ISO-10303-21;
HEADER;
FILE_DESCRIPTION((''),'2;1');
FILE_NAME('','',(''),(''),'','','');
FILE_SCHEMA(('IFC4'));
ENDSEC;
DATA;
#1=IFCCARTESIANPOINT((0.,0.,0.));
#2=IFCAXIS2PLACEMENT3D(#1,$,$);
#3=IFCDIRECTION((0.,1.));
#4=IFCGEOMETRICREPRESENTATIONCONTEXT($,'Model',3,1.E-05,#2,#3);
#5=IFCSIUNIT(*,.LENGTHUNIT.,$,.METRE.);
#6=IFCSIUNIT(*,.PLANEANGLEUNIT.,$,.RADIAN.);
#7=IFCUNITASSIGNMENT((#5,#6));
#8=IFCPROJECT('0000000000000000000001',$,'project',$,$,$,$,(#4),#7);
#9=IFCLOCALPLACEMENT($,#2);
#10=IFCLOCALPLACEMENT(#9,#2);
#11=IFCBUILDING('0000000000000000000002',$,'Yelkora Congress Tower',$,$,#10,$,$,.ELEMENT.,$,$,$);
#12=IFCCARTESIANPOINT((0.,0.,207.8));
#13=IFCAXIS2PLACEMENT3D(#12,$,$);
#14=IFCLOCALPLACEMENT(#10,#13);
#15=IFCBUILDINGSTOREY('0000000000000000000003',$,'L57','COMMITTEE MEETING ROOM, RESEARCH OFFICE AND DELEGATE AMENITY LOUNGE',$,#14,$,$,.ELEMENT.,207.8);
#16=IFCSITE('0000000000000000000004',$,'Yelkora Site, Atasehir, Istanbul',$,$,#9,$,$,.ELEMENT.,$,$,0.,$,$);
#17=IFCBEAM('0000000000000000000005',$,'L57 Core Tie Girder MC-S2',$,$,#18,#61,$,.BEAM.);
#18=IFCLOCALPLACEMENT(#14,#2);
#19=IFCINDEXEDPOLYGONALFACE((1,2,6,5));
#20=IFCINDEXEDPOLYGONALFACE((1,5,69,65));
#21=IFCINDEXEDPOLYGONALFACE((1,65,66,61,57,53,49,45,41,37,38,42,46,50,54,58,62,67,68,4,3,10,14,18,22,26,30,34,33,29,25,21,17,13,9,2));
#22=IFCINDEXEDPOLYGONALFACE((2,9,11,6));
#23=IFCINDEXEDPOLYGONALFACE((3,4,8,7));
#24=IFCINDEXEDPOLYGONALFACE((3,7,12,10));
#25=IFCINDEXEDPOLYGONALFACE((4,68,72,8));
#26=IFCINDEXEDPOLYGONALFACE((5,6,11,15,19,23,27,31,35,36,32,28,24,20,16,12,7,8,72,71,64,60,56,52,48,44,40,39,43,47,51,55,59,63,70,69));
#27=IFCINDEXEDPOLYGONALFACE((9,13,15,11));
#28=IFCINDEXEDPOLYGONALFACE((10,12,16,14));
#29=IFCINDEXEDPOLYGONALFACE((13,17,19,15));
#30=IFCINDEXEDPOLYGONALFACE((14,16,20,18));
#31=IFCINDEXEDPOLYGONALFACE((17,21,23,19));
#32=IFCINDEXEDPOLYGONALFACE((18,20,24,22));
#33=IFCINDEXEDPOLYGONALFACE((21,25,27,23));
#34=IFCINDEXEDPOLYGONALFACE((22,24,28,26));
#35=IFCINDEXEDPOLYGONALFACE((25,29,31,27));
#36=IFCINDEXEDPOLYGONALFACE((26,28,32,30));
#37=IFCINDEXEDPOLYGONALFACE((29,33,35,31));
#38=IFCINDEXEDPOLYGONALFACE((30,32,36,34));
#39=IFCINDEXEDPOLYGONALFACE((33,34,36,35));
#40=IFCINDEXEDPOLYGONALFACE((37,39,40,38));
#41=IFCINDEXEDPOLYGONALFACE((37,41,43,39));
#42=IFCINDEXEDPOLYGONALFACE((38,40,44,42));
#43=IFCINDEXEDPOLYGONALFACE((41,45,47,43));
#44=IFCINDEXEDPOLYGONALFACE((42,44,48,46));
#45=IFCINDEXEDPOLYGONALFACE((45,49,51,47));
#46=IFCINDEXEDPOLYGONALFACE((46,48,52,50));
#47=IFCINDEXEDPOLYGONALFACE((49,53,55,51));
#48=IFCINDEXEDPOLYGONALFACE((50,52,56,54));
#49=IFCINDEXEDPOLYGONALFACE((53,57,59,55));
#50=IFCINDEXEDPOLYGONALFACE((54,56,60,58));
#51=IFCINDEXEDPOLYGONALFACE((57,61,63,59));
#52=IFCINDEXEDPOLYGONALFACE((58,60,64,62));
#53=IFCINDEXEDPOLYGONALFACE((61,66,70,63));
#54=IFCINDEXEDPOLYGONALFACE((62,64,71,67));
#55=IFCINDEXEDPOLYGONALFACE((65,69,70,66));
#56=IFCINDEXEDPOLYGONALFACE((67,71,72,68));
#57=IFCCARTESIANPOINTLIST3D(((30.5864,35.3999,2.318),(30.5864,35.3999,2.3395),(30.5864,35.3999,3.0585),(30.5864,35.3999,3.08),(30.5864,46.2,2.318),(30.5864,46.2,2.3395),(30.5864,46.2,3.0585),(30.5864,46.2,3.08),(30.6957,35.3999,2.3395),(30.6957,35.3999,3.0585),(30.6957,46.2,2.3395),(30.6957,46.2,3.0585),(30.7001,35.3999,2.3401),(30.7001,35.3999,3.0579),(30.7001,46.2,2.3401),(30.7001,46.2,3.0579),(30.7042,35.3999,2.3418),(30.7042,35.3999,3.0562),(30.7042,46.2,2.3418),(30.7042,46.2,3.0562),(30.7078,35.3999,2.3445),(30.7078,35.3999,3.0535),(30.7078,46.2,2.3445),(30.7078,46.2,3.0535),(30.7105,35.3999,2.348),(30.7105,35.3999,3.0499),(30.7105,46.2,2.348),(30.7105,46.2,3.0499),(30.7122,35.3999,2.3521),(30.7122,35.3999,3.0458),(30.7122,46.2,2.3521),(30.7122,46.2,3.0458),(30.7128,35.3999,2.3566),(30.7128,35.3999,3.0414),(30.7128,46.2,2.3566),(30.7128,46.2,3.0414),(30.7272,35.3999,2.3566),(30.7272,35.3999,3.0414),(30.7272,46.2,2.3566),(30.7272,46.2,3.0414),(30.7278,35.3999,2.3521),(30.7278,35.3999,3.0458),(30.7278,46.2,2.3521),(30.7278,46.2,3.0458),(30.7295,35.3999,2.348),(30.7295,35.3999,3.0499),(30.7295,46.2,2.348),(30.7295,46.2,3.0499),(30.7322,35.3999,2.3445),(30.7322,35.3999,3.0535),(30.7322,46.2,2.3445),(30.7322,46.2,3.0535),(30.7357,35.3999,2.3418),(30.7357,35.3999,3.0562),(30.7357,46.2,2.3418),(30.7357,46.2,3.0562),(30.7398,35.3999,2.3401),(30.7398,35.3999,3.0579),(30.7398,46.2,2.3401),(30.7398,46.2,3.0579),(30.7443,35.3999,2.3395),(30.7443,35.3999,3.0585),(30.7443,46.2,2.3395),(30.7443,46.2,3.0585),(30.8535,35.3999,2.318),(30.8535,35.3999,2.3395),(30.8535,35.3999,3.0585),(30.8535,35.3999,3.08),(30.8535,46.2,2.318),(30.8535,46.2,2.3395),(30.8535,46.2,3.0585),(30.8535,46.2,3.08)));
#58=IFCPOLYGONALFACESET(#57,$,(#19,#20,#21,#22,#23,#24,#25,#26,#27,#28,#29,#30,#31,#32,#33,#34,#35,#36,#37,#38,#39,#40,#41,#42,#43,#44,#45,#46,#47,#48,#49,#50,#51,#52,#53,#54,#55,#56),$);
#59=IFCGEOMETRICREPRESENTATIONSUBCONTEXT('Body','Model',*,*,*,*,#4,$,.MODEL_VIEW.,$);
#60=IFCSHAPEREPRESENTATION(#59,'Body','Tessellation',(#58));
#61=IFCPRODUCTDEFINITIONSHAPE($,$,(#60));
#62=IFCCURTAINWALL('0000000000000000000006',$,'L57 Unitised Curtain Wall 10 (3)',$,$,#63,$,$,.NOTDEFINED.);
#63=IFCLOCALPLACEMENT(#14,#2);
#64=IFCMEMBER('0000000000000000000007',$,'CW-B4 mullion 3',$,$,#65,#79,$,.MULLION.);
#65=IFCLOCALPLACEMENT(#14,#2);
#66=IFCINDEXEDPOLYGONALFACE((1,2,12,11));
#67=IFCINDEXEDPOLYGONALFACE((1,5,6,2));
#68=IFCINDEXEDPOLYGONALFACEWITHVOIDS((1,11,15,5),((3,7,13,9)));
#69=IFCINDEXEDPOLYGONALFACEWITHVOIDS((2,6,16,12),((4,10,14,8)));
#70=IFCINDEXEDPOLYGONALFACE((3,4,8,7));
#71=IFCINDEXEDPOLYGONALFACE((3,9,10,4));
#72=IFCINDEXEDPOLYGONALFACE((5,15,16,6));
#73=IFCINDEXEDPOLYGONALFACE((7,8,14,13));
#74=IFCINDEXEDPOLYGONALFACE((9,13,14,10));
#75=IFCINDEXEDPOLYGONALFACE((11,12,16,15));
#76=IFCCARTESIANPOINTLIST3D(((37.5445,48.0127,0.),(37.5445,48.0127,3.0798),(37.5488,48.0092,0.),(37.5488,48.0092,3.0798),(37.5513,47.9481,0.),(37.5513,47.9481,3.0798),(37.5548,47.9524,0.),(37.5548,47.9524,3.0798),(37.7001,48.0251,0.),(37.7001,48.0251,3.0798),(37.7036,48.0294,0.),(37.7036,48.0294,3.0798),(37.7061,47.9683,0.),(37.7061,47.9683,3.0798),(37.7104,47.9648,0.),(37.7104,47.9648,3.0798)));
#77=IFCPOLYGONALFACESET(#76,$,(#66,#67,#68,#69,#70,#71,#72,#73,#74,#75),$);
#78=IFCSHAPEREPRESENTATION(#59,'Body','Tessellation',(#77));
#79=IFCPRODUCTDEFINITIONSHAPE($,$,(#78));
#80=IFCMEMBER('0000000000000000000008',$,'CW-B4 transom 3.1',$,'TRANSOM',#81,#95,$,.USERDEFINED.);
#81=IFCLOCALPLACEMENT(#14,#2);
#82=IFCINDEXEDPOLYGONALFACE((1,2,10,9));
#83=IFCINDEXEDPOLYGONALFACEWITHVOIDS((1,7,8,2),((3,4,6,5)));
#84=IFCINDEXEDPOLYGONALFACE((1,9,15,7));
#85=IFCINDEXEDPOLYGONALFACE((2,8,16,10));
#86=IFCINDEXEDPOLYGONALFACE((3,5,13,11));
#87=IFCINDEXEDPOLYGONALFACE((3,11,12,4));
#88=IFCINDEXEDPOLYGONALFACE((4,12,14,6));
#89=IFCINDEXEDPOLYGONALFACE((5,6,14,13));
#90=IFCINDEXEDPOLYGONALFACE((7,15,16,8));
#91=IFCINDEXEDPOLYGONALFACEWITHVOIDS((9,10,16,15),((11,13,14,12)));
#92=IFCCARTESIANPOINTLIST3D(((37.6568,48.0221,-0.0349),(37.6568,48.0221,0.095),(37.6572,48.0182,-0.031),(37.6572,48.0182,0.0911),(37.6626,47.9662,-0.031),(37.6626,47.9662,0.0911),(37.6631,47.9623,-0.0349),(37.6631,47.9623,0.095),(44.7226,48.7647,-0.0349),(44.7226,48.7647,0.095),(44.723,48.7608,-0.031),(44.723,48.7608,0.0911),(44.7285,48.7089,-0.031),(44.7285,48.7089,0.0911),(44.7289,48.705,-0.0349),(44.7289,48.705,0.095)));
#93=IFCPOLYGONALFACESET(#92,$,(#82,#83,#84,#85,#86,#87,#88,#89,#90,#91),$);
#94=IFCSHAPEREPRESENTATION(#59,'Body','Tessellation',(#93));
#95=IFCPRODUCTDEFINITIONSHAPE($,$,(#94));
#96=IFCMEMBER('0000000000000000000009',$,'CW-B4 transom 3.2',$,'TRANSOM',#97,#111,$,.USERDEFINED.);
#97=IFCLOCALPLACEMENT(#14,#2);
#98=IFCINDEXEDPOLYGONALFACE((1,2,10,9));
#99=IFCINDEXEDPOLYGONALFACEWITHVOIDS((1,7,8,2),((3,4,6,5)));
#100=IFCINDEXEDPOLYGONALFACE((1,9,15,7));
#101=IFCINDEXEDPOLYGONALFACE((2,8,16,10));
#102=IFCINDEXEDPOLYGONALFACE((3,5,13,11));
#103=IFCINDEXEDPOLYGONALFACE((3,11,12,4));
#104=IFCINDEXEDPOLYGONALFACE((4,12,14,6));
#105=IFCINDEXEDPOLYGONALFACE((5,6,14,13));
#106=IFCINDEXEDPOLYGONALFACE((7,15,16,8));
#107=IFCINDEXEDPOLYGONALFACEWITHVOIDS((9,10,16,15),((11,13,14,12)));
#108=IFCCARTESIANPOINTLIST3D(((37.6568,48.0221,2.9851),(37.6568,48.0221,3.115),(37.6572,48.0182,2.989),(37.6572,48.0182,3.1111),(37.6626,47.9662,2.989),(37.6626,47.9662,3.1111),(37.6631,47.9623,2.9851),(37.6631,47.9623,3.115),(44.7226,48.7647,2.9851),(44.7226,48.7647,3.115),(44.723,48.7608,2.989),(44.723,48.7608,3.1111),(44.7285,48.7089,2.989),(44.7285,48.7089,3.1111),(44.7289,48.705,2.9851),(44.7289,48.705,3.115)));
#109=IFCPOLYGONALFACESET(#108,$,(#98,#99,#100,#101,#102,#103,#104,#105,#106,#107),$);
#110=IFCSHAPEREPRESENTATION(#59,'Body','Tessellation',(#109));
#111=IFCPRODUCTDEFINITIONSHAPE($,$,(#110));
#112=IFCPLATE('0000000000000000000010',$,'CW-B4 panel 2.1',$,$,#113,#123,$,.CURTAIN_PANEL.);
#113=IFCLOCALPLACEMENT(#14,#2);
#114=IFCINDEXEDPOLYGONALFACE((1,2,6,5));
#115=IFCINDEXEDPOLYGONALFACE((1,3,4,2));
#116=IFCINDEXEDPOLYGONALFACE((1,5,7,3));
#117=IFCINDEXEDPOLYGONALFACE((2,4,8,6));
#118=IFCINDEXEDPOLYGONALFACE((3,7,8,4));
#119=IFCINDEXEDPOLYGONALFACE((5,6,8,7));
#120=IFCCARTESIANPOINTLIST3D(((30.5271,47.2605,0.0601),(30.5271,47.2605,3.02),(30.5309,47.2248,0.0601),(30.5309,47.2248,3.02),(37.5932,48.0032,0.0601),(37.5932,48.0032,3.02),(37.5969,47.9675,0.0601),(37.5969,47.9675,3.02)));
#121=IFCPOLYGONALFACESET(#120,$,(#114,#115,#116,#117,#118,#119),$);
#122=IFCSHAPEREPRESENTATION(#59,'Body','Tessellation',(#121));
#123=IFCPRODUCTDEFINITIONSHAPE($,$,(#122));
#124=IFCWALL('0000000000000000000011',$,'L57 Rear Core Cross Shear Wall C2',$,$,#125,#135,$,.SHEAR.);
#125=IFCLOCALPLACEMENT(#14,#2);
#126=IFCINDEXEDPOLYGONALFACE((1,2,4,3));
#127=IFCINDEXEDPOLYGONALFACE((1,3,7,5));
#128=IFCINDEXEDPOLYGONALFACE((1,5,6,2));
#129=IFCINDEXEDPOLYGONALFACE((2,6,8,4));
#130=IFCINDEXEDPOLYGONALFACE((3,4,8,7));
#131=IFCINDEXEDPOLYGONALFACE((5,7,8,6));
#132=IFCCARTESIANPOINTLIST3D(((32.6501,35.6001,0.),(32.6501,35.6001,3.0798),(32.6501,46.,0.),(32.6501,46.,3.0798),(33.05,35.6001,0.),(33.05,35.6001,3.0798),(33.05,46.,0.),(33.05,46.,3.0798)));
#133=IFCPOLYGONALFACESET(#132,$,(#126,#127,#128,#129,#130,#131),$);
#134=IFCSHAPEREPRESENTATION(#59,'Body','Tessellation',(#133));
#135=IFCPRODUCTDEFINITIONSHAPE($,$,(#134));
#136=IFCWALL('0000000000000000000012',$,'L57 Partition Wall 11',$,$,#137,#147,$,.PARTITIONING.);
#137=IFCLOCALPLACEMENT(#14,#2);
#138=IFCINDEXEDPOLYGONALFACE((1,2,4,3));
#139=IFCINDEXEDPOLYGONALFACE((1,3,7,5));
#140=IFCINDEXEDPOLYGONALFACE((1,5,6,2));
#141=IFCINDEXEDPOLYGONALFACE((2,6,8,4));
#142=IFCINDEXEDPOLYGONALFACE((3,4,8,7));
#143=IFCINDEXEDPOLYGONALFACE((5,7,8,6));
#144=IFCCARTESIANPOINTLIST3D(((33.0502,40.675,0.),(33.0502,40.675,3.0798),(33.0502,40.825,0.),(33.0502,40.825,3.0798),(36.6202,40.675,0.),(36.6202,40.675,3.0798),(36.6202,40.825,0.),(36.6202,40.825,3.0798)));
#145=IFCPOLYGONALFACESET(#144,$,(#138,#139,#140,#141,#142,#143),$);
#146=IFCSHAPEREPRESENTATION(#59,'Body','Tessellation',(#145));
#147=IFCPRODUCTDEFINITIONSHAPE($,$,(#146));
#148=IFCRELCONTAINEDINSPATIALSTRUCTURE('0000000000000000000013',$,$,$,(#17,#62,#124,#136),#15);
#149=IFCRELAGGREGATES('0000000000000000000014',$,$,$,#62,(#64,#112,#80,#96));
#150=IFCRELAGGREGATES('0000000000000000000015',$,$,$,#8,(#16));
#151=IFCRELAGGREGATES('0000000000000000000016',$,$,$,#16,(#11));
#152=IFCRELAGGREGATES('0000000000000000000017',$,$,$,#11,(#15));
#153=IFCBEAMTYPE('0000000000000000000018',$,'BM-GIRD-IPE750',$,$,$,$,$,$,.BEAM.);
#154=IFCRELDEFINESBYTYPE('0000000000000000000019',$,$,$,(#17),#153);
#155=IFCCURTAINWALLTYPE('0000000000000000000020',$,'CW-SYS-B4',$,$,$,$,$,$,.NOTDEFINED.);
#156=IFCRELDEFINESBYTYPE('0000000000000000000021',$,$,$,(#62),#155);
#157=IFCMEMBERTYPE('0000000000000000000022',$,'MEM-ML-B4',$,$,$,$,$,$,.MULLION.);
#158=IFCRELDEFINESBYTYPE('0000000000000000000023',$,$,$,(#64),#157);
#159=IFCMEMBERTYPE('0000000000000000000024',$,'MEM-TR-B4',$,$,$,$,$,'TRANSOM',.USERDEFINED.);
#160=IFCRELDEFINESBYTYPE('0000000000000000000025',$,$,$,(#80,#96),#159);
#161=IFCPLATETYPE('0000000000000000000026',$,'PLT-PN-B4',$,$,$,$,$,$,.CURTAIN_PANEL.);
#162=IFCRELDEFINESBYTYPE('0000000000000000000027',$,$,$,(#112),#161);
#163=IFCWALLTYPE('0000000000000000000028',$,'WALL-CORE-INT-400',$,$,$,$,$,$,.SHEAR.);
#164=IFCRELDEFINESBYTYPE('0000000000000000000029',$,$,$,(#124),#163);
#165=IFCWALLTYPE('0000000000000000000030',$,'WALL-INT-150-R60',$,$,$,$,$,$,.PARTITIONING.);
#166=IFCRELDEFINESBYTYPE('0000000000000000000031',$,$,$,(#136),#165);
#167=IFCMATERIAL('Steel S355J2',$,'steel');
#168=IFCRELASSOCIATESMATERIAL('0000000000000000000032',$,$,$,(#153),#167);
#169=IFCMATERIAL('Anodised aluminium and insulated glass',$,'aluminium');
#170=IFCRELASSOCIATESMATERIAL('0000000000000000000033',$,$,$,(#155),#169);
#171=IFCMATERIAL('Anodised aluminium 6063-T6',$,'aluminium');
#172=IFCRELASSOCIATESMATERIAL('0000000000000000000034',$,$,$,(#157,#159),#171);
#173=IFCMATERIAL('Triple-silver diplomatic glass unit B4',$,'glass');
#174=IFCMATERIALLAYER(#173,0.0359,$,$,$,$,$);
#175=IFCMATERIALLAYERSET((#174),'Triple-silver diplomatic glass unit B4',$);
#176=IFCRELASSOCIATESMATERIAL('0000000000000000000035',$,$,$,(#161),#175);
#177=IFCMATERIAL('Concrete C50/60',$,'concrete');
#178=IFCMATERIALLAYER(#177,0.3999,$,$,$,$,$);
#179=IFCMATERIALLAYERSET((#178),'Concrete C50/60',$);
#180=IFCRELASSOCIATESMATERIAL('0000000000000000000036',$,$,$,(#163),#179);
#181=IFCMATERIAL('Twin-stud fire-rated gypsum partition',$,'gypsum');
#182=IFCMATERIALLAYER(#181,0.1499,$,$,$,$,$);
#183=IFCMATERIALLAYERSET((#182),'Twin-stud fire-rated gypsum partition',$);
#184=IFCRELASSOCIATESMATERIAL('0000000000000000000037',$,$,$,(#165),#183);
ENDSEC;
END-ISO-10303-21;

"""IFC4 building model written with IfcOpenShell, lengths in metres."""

from ifc_helpers import new_model, si_unit, direction, frame, frame_2d, origin, origin_2d, place, context, subcontext, project, spatial, rectangle, hollow_rectangle, i_section, extrude, material, layer, layer_set, material_profile, profile_set, type_object, element, aggregate, save


model = new_model("IFC4")

# Units and contexts
model_context = context("Model", 3, precision=1e-05, world=origin(), true_north=direction((0.0, 1.0)))
body_context = subcontext(model_context, "Body", "Model", "MODEL_VIEW")
ifc_project = project(units=[si_unit("LENGTHUNIT", "METRE"), si_unit("PLANEANGLEUNIT", "RADIAN")], contexts=[model_context])

# Site, building, storey
site_placement = place(None, origin())
site = spatial("IfcSite", under=ifc_project, at=site_placement, Name="Yelkora Site, Atasehir, Istanbul", CompositionType="ELEMENT", RefElevation=0.0)
building_placement = place(site_placement, origin())
building = spatial("IfcBuilding", under=site, at=building_placement, Name="Yelkora Congress Tower", CompositionType="ELEMENT")
storey_placement = place(building_placement, frame((0.0, 0.0, 207.8)))
storey = spatial("IfcBuildingStorey", under=building, at=storey_placement, Name="L57", Description="COMMITTEE MEETING ROOM, RESEARCH OFFICE AND DELEGATE AMENITY LOUNGE", CompositionType="ELEMENT", Elevation=207.8)

# Beam
ifc_material_1 = material(Name="Steel S355J2", Category="steel")
ifc_material_profile_1 = material_profile(ifc_material_1, i_section(OverallWidth=0.2671, OverallDepth=0.762, WebThickness=0.0144, FlangeThickness=0.0215, FilletRadius=0.0171, at=origin_2d()), Name="IPE 750x173")
ifc_profile_set_1 = profile_set([ifc_material_profile_1], Name="Steel S355J2")
beam_type = type_object("IfcBeamType", Name="BM-GIRD-IPE750", PredefinedType="BEAM", material=ifc_profile_set_1)
beam_1_placement = place(storey_placement, frame((30.72, 35.3999, 2.699), z_axis=(0.0, 1.0, 0.0), x_axis=(-1.0, 0.0, 0.0)))
element("IfcBeam", 1, at=beam_1_placement, inside=storey, type_object=beam_type, Name="L57 Core Tie Girder MC-S2", PredefinedType="BEAM", context=body_context, shape_type="SweptSolid", body=[
    extrude(i_section(OverallWidth=0.2671, OverallDepth=0.762, WebThickness=0.0144, FlangeThickness=0.0215, FilletRadius=0.0171, at=origin_2d()), origin(), (0.0, 0.0, 1.0), 10.8),
])

# Curtain wall, members, plate
ifc_material_2 = material(Name="Anodised aluminium and insulated glass", Category="aluminium")
curtain_wall_type = type_object("IfcCurtainWallType", Name="CW-SYS-B4", PredefinedType="NOTDEFINED", material=ifc_material_2)
curtain_wall_placement = place(storey_placement, origin())
curtain_wall = element("IfcCurtainWall", 2, at=curtain_wall_placement, inside=storey, type_object=curtain_wall_type, Name="L57 Unitised Curtain Wall 10 (3)", PredefinedType="NOTDEFINED")
ifc_material_3 = material(Name="Anodised aluminium 6063-T6", Category="aluminium")
ifc_material_profile_2 = material_profile(ifc_material_3, hollow_rectangle(XDim=0.0649, YDim=0.1599, WallThickness=0.0039, at=origin_2d()), Name="ALU 65x160x4")
ifc_profile_set_2 = profile_set([ifc_material_profile_2], Name="Anodised aluminium 6063-T6")
member_type_1 = type_object("IfcMemberType", Name="MEM-ML-B4", PredefinedType="MULLION", material=ifc_profile_set_2)
member_1_placement = place(storey_placement, frame((37.6274, 47.9888, 0.0), z_axis=(0.0, 0.0, 1.0), x_axis=(-0.104528, 0.994522, 0.0)))
member_1 = element("IfcMember", 3, at=member_1_placement, type_object=member_type_1, Name="CW-B4 mullion 3", PredefinedType="MULLION", context=body_context, shape_type="SweptSolid", body=[
    extrude(hollow_rectangle(XDim=0.0649, YDim=0.1599, WallThickness=0.0039, at=origin_2d()), origin(), (0.0, 0.0, 1.0), 3.0798),
])
ifc_material_profile_3 = material_profile(ifc_material_3, hollow_rectangle(XDim=0.0601, YDim=0.1299, WallThickness=0.0039, at=origin_2d()), Name="ALU 60x130x4")
ifc_profile_set_3 = profile_set([ifc_material_profile_3], Name="Anodised aluminium 6063-T6")
member_type_2 = type_object("IfcMemberType", Name="MEM-TR-B4", ElementType="TRANSOM", PredefinedType="USERDEFINED", material=ifc_profile_set_3)
member_2_placement = place(storey_placement, frame((37.6599, 47.9922, 0.03), z_axis=(0.994522, 0.104531, 0.0), x_axis=(-0.104531, 0.994522, 0.0)))
member_2 = element("IfcMember", 4, at=member_2_placement, type_object=member_type_2, Name="CW-B4 transom 3.1", ObjectType="TRANSOM", PredefinedType="USERDEFINED", context=body_context, shape_type="SweptSolid", body=[
    extrude(hollow_rectangle(XDim=0.0601, YDim=0.1299, WallThickness=0.0039, at=origin_2d()), origin(), (0.0, 0.0, 1.0), 7.1047),
])
member_3_placement = place(storey_placement, frame((37.6599, 47.9922, 3.05), z_axis=(0.994522, 0.104531, 0.0), x_axis=(-0.104531, 0.994522, 0.0)))
member_3 = element("IfcMember", 5, at=member_3_placement, type_object=member_type_2, Name="CW-B4 transom 3.2", ObjectType="TRANSOM", PredefinedType="USERDEFINED", context=body_context, shape_type="SweptSolid", body=[
    extrude(hollow_rectangle(XDim=0.0601, YDim=0.1299, WallThickness=0.0039, at=origin_2d()), origin(), (0.0, 0.0, 1.0), 7.1047),
])
ifc_material_4 = material(Name="Triple-silver diplomatic glass unit B4", Category="glass")
ifc_layer_1 = layer(ifc_material_4, 0.0359)
ifc_layer_set_1 = layer_set([ifc_layer_1], Name="Triple-silver diplomatic glass unit B4")
plate_type = type_object("IfcPlateType", Name="PLT-PN-B4", PredefinedType="CURTAIN_PANEL", material=ifc_layer_set_1)
plate_placement = place(storey_placement, frame((34.062, 47.614, 0.0601), z_axis=(0.0, 0.0, 1.0), x_axis=(0.994522, 0.104528, 0.0)))
plate = element("IfcPlate", 6, at=plate_placement, type_object=plate_type, Name="CW-B4 panel 2.1", PredefinedType="CURTAIN_PANEL", context=body_context, shape_type="SweptSolid", body=[
    extrude(rectangle(XDim=7.105, YDim=0.0359, at=origin_2d()), origin(), (0.0, 0.0, 1.0), 2.96),
])
aggregate(curtain_wall, [member_1, plate, member_2, member_3])

# Walls
ifc_material_5 = material(Name="Concrete C50/60", Category="concrete")
ifc_layer_2 = layer(ifc_material_5, 0.3999)
ifc_layer_set_2 = layer_set([ifc_layer_2], Name="Concrete C50/60")
wall_type_1 = type_object("IfcWallType", Name="WALL-CORE-INT-400", PredefinedType="SHEAR", material=ifc_layer_set_2)
wall_1_placement = place(storey_placement, frame((32.8501, 35.6001, 0.0), z_axis=(0.0, 0.0, 1.0), x_axis=(0.0, 1.0, 0.0)))
element("IfcWall", 7, at=wall_1_placement, inside=storey, type_object=wall_type_1, Name="L57 Rear Core Cross Shear Wall C2", PredefinedType="SHEAR", context=body_context, shape_type="SweptSolid", body=[
    extrude(rectangle(XDim=10.3999, YDim=0.3999, at=frame_2d((5.2, 0.0))), origin(), (0.0, 0.0, 1.0), 3.0798),
])
ifc_material_6 = material(Name="Twin-stud fire-rated gypsum partition", Category="gypsum")
ifc_layer_3 = layer(ifc_material_6, 0.1499)
ifc_layer_set_3 = layer_set([ifc_layer_3], Name="Twin-stud fire-rated gypsum partition")
wall_type_2 = type_object("IfcWallType", Name="WALL-INT-150-R60", PredefinedType="PARTITIONING", material=ifc_layer_set_3)
wall_2_placement = place(storey_placement, frame((33.05, 40.75, 0.0), z_axis=(0.0, 0.0, 1.0), x_axis=(1.0, 0.0, 0.0)))
element("IfcWall", 8, at=wall_2_placement, inside=storey, type_object=wall_type_2, Name="L57 Partition Wall 11", PredefinedType="PARTITIONING", context=body_context, shape_type="SweptSolid", body=[
    extrude(rectangle(XDim=3.5701, YDim=0.1499, at=frame_2d((1.7852, 0.0))), origin(), (0.0, 0.0, 1.0), 3.0798),
])

save(model, "model.ifc")
